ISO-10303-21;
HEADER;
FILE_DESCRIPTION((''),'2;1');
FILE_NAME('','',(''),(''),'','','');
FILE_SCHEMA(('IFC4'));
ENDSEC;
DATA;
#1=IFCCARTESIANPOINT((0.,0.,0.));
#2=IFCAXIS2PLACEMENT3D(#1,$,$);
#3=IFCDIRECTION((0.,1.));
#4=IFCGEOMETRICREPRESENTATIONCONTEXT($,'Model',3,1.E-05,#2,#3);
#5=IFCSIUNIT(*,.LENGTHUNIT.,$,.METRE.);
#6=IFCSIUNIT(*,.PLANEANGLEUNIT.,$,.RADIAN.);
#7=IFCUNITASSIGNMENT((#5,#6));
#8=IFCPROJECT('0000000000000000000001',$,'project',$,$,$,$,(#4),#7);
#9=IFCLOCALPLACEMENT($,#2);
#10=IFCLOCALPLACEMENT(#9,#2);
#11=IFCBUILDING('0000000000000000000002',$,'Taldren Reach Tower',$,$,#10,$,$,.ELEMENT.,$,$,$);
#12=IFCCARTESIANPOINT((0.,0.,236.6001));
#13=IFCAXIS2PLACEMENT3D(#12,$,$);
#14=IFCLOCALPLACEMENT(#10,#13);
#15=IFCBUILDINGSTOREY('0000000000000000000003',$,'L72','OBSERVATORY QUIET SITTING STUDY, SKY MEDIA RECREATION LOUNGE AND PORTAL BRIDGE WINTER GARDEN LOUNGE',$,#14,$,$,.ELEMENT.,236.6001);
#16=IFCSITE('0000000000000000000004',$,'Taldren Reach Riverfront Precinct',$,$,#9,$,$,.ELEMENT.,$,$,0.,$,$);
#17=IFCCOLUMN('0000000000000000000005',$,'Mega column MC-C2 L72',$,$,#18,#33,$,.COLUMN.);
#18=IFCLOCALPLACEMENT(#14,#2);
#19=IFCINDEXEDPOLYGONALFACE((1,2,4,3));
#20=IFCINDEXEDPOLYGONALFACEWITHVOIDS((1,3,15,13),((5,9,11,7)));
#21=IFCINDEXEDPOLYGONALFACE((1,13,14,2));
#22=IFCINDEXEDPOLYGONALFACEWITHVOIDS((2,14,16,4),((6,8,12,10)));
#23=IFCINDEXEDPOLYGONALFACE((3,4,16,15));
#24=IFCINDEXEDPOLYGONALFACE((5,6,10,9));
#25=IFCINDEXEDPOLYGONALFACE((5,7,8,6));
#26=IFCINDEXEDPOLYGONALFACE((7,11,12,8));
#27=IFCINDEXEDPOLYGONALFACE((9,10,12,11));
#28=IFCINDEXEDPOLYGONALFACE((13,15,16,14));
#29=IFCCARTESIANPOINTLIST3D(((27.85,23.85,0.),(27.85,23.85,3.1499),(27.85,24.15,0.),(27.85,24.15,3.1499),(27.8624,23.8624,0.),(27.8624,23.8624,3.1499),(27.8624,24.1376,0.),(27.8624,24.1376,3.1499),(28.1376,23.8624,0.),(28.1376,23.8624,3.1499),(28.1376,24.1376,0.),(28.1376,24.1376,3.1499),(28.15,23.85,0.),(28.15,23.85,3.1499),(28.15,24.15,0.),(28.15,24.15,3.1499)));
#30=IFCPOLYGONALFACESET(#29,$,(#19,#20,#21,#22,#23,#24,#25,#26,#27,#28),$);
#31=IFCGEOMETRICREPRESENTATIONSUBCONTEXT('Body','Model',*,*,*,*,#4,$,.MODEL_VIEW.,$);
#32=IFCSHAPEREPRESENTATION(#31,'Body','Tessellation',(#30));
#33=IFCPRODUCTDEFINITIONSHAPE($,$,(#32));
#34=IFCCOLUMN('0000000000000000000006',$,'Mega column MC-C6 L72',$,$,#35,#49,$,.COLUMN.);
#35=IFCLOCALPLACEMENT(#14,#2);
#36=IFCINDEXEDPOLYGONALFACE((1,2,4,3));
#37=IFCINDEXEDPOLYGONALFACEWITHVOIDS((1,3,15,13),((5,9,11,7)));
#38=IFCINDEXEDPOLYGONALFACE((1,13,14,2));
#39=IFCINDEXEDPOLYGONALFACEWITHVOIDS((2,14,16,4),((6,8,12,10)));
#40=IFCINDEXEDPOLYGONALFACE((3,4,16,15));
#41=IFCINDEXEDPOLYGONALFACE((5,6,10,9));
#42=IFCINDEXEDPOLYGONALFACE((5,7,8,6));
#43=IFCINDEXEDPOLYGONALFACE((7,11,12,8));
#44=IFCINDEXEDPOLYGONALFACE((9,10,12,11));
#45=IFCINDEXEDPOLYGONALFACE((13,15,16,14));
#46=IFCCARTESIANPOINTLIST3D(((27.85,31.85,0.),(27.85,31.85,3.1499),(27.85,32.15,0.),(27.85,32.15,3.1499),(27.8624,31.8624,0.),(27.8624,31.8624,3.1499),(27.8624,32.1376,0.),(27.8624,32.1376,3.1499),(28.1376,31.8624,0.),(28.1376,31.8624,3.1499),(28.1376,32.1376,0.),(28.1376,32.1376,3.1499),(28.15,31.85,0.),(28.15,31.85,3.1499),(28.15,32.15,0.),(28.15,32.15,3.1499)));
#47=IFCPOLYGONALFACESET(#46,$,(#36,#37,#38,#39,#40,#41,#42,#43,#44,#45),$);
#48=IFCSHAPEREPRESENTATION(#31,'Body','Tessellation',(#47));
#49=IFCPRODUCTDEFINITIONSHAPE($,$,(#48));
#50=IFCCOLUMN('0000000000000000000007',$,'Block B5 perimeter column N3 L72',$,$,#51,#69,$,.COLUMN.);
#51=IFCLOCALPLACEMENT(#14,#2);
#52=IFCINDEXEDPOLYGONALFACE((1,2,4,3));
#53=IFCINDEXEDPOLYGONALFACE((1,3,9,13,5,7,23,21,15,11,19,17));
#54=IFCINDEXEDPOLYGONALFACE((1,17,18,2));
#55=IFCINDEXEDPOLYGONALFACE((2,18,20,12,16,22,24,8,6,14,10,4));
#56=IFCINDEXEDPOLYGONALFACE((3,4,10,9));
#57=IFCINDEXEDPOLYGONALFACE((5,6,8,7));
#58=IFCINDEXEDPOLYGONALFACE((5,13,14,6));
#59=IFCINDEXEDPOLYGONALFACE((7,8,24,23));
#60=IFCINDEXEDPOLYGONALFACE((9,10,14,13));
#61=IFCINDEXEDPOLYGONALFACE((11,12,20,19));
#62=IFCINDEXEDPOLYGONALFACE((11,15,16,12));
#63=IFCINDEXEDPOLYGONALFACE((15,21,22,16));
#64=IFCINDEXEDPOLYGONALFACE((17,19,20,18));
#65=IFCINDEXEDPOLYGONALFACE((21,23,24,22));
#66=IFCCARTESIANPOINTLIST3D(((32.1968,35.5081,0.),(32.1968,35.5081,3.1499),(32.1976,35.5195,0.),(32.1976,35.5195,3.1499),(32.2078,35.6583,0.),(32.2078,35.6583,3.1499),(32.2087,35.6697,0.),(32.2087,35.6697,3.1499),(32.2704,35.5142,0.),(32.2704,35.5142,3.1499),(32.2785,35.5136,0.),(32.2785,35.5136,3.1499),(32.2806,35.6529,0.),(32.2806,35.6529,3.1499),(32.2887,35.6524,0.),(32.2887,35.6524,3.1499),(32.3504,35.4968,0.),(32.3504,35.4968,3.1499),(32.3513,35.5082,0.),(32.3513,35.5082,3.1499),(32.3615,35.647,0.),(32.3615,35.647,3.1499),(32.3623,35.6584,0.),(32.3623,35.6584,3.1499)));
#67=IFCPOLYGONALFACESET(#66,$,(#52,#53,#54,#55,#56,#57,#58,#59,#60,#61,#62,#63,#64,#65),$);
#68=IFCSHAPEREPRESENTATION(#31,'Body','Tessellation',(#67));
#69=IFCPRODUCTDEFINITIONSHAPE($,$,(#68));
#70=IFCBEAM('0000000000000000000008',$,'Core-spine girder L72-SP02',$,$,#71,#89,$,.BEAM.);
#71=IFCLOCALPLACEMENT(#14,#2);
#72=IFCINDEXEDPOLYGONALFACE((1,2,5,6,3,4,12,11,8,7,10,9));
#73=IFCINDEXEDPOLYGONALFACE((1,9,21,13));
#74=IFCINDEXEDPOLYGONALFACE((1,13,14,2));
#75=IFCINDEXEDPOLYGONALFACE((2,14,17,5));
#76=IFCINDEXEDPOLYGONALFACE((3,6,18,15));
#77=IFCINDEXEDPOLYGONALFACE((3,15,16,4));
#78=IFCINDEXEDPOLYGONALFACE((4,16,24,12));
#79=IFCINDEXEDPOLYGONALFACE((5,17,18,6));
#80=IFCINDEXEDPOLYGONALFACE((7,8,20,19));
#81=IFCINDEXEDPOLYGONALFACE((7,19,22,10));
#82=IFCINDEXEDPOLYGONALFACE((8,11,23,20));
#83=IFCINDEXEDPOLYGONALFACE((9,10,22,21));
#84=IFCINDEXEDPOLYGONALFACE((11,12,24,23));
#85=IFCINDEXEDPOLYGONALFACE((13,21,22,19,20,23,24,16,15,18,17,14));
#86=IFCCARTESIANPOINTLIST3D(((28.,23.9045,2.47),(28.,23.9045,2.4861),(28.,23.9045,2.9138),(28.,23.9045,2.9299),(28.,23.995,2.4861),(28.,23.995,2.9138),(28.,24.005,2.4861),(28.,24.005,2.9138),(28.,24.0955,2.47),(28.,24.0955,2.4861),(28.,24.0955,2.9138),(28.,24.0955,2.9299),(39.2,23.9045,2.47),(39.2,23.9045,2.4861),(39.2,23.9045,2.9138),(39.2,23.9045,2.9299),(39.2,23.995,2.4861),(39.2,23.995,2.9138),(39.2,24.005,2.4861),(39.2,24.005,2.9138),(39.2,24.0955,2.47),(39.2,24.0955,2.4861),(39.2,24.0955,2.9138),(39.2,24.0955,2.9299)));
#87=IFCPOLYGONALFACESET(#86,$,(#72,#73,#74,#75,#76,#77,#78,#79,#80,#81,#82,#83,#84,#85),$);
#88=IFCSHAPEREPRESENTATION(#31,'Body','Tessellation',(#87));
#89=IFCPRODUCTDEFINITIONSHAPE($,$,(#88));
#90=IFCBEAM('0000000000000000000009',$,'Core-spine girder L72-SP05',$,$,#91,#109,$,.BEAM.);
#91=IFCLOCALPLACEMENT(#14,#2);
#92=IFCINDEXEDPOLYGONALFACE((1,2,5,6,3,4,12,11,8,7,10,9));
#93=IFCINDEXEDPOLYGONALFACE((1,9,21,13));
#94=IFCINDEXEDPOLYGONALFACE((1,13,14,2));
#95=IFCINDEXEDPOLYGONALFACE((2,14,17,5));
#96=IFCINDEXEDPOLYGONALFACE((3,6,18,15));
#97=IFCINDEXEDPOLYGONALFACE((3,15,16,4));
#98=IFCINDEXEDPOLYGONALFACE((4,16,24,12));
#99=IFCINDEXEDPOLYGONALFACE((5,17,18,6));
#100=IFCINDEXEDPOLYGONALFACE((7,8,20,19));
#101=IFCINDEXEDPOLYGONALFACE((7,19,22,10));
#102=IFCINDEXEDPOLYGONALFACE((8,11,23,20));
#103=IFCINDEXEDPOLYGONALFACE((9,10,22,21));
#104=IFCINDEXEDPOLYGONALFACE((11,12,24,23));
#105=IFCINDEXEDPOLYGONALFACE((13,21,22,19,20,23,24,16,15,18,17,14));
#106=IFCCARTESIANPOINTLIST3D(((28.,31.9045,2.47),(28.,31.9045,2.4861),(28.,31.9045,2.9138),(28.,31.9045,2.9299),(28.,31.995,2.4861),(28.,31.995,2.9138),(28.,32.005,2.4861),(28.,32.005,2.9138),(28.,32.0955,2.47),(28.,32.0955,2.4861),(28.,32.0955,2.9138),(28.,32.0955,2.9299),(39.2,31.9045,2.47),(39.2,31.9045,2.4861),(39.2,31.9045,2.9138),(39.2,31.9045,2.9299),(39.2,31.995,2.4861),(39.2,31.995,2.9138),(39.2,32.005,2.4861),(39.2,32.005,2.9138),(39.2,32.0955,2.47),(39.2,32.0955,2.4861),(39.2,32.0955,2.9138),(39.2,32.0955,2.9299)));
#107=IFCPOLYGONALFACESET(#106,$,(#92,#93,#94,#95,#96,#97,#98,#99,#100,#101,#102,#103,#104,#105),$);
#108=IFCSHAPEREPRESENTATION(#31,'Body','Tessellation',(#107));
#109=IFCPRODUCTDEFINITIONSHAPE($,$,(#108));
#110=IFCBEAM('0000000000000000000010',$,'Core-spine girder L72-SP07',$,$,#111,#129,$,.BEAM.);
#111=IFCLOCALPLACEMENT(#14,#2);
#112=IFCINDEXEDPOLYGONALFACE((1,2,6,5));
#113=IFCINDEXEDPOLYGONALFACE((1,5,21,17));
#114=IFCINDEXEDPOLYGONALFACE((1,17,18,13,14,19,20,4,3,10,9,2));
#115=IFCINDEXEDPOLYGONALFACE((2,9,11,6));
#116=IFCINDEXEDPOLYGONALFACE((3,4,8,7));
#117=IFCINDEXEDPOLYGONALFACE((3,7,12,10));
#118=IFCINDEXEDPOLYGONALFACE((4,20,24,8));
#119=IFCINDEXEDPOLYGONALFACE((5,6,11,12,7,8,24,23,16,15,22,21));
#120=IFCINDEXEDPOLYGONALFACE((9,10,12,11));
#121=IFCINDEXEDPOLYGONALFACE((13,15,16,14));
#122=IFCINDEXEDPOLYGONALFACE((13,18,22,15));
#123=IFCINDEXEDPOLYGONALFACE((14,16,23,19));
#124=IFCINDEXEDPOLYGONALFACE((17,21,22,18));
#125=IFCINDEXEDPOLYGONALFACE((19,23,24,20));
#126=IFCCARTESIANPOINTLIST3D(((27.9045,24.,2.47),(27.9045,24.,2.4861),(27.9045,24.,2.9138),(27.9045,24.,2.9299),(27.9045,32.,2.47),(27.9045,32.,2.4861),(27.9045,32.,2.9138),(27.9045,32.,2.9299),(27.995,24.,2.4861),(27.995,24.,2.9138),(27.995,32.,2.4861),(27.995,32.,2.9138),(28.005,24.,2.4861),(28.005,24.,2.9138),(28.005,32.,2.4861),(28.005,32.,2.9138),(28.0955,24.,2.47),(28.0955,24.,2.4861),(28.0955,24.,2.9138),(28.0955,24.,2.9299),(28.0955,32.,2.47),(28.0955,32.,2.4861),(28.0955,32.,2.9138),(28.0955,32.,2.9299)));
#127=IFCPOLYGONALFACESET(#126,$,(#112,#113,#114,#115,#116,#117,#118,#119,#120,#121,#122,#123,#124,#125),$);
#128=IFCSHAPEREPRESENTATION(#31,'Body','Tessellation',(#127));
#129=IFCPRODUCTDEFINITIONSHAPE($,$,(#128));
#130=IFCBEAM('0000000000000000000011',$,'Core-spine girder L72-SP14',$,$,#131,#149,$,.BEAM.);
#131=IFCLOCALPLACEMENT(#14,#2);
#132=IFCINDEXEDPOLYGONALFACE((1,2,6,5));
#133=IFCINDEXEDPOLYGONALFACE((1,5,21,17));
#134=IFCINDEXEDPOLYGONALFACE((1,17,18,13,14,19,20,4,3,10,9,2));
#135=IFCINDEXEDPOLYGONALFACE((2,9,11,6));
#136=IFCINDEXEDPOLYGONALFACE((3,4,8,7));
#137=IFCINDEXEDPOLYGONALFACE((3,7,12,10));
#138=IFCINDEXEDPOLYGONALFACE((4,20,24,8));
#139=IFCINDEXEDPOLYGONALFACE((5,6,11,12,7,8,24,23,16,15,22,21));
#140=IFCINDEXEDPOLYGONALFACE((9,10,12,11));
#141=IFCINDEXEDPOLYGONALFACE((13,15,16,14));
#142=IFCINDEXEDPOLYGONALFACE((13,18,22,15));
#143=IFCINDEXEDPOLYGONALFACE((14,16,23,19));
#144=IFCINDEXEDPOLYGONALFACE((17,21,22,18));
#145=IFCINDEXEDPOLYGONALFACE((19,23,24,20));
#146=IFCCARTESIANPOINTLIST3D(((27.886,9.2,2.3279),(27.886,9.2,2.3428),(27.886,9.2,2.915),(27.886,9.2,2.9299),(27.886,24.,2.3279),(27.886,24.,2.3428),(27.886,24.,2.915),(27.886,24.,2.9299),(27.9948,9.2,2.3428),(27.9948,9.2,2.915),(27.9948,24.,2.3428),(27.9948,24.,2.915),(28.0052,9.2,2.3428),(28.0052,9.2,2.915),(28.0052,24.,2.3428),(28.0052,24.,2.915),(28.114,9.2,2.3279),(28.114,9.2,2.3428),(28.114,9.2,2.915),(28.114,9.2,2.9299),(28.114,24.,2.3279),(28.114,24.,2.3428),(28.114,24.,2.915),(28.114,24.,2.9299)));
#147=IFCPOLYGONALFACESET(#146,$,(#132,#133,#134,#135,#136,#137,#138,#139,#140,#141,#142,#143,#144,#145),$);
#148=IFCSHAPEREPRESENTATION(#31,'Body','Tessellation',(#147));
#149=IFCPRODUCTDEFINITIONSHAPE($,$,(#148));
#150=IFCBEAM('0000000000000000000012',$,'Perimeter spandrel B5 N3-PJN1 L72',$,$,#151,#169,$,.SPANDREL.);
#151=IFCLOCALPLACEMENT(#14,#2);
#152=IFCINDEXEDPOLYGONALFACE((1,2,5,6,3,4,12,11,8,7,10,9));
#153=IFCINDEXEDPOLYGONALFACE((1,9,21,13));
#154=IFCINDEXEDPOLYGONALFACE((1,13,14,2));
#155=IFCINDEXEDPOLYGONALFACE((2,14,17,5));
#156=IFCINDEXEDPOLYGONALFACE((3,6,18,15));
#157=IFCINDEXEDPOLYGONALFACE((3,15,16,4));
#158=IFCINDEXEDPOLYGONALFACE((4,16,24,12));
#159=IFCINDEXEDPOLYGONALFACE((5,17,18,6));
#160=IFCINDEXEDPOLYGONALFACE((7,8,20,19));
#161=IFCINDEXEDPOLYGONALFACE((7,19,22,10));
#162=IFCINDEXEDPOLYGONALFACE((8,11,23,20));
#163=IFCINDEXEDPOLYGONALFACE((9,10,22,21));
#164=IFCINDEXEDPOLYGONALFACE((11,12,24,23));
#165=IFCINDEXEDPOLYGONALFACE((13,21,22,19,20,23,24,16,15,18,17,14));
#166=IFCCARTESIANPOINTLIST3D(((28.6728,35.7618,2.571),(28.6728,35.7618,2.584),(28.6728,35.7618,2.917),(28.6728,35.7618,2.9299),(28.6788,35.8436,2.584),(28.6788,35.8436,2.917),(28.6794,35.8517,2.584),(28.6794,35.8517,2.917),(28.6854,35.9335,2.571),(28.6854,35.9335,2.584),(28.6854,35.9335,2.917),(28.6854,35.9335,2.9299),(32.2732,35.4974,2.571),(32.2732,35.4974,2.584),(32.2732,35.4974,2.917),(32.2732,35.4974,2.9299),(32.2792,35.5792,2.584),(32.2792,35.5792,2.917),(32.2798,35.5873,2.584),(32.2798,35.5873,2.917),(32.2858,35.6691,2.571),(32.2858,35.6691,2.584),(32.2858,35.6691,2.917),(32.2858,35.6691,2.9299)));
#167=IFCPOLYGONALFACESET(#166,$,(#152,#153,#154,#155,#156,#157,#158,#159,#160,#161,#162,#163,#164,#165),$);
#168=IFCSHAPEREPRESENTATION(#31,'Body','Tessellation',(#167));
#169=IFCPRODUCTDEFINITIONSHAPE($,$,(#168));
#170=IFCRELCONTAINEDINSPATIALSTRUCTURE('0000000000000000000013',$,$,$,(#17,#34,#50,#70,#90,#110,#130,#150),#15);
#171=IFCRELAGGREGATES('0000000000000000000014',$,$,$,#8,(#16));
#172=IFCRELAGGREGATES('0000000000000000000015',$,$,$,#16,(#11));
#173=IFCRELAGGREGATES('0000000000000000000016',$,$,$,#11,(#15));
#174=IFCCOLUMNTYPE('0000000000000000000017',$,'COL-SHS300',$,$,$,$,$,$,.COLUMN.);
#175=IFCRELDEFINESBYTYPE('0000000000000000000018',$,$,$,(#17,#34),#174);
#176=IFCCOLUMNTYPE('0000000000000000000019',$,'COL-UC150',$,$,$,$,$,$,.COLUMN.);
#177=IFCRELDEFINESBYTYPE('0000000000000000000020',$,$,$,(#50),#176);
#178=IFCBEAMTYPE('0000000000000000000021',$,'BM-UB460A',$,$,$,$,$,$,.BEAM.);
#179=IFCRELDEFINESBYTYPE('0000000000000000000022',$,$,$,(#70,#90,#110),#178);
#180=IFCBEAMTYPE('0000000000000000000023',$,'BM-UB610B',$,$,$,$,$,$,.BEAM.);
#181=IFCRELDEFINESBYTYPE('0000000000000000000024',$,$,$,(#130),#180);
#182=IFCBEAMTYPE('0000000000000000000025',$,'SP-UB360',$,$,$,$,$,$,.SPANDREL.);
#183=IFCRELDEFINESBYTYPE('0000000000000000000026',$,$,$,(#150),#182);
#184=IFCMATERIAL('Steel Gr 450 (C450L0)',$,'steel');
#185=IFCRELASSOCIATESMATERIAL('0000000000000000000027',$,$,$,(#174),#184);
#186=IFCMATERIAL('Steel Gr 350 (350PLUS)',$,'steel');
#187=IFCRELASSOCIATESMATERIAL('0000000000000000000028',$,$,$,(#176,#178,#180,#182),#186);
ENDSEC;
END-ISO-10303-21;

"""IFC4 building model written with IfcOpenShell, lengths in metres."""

from ifc_helpers import new_model, si_unit, direction, frame, origin, origin_2d, place, context, subcontext, project, spatial, hollow_rectangle, i_section, extrude, source, transform, mapped, material, material_profile, profile_set, type_object, element, save


model = new_model("IFC4")

# Units and contexts
model_context = context("Model", 3, precision=1e-05, world=origin(), true_north=direction((0.0, 1.0)))
body_context = subcontext(model_context, "Body", "Model", "MODEL_VIEW")
ifc_project = project(units=[si_unit("LENGTHUNIT", "METRE"), si_unit("PLANEANGLEUNIT", "RADIAN")], contexts=[model_context])

# Site, building, storey
site_placement = place(None, origin())
site = spatial("IfcSite", under=ifc_project, at=site_placement, Name="Taldren Reach Riverfront Precinct", CompositionType="ELEMENT", RefElevation=0.0)
building_placement = place(site_placement, origin())
building = spatial("IfcBuilding", under=site, at=building_placement, Name="Taldren Reach Tower", CompositionType="ELEMENT")
storey_placement = place(building_placement, frame((0.0, 0.0, 236.6001)))
storey = spatial("IfcBuildingStorey", under=building, at=storey_placement, Name="L72", Description="OBSERVATORY QUIET SITTING STUDY, SKY MEDIA RECREATION LOUNGE AND PORTAL BRIDGE WINTER GARDEN LOUNGE", CompositionType="ELEMENT", Elevation=236.6001)

# Columns
ifc_material_1 = material(Name="Steel Gr 450 (C450L0)", Category="steel")
ifc_material_profile_1 = material_profile(ifc_material_1, hollow_rectangle(XDim=0.3, YDim=0.3, WallThickness=0.0125, at=origin_2d()), Name="300x300x12.5SHS")
ifc_profile_set_1 = profile_set([ifc_material_profile_1], Name="Steel Gr 450 (C450L0)")
column_type_1 = type_object("IfcColumnType", Name="COL-SHS300", PredefinedType="COLUMN", material=ifc_profile_set_1)
shared_shape_1 = source(origin(), body_context, "Body", "SweptSolid", [
    extrude(hollow_rectangle(XDim=0.3, YDim=0.3, WallThickness=0.0125, at=origin_2d()), origin(), (0.0, 0.0, 1.0), 3.1499),
])
for number, where, z_axis, x_axis, name in (
    (1, (28.0, 24.0, 0.0), (0.0, 0.0, 1.0), (1.0, 0.0, 0.0), "Mega column MC-C2 L72"),
    (2, (28.0, 32.0, 0.0), (0.0, 0.0, 1.0), (1.0, 0.0, 0.0), "Mega column MC-C6 L72"),
):
    element("IfcColumn", number, at=place(storey_placement, frame(where, z_axis=z_axis, x_axis=x_axis)), inside=storey, type_object=column_type_1, Name=name, PredefinedType="COLUMN", context=body_context, shape_type="MappedRepresentation", body=[
        mapped(shared_shape_1, transform((0.0, 0.0, 0.0), scale=1.0)),
    ])
ifc_material_2 = material(Name="Steel Gr 350 (350PLUS)", Category="steel")
ifc_material_profile_2 = material_profile(ifc_material_2, i_section(OverallWidth=0.1541, OverallDepth=0.1621, WebThickness=0.0081, FlangeThickness=0.0115, at=origin_2d()), Name="150UC37.2")
ifc_profile_set_2 = profile_set([ifc_material_profile_2], Name="Steel Gr 350 (350PLUS)")
column_type_2 = type_object("IfcColumnType", Name="COL-UC150", PredefinedType="COLUMN", material=ifc_profile_set_2)
shared_shape_2 = source(origin(), body_context, "Body", "SweptSolid", [
    extrude(i_section(OverallWidth=0.1541, OverallDepth=0.1621, WebThickness=0.0081, FlangeThickness=0.0115, at=origin_2d()), origin(), (0.0, 0.0, 1.0), 3.1499),
])
column_placement = place(storey_placement, frame((32.2795, 35.5833, 0.0), z_axis=(0.0, 0.0, 1.0), x_axis=(0.997314, -0.073238, 0.0)))
element("IfcColumn", 3, at=column_placement, inside=storey, type_object=column_type_2, Name="Block B5 perimeter column N3 L72", PredefinedType="COLUMN", context=body_context, shape_type="MappedRepresentation", body=[
    mapped(shared_shape_2, transform((0.0, 0.0, 0.0), scale=1.0)),
])

# Beams
ifc_material_profile_3 = material_profile(ifc_material_2, i_section(OverallWidth=0.1909, OverallDepth=0.46, WebThickness=0.01, FlangeThickness=0.0161, at=origin_2d()), Name="460UB82.1")
ifc_profile_set_3 = profile_set([ifc_material_profile_3], Name="Steel Gr 350 (350PLUS)")
beam_type_1 = type_object("IfcBeamType", Name="BM-UB460A", PredefinedType="BEAM", material=ifc_profile_set_3)
shared_shape_3 = source(origin(), body_context, "Body", "SweptSolid", [
    extrude(i_section(OverallWidth=0.1909, OverallDepth=0.46, WebThickness=0.01, FlangeThickness=0.0161, at=origin_2d()), origin(), (0.0, 0.0, 1.0), 11.2),
])
for number, where, z_axis, x_axis, name in (
    (4, (28.0, 24.0, 2.7), (1.0, 0.0, 0.0), (0.0, 1.0, 0.0), "Core-spine girder L72-SP02"),
    (5, (28.0, 32.0, 2.7), (1.0, 0.0, 0.0), (0.0, 1.0, 0.0), "Core-spine girder L72-SP05"),
):
    element("IfcBeam", number, at=place(storey_placement, frame(where, z_axis=z_axis, x_axis=x_axis)), inside=storey, type_object=beam_type_1, Name=name, PredefinedType="BEAM", context=body_context, shape_type="MappedRepresentation", body=[
        mapped(shared_shape_3, transform((0.0, 0.0, 0.0), scale=1.0)),
    ])
shared_shape_4 = source(origin(), body_context, "Body", "SweptSolid", [
    extrude(i_section(OverallWidth=0.1909, OverallDepth=0.46, WebThickness=0.01, FlangeThickness=0.0161, at=origin_2d()), origin(), (0.0, 0.0, 1.0), 8.0),
])
beam_1_placement = place(storey_placement, frame((28.0, 24.0, 2.7), z_axis=(0.0, 1.0, 0.0), x_axis=(-1.0, 0.0, 0.0)))
element("IfcBeam", 6, at=beam_1_placement, inside=storey, type_object=beam_type_1, Name="Core-spine girder L72-SP07", PredefinedType="BEAM", context=body_context, shape_type="MappedRepresentation", body=[
    mapped(shared_shape_4, transform((0.0, 0.0, 0.0), scale=1.0)),
])
ifc_material_profile_4 = material_profile(ifc_material_2, i_section(OverallWidth=0.228, OverallDepth=0.6021, WebThickness=0.0105, FlangeThickness=0.0149, at=origin_2d()), Name="610UB101")
ifc_profile_set_4 = profile_set([ifc_material_profile_4], Name="Steel Gr 350 (350PLUS)")
beam_type_2 = type_object("IfcBeamType", Name="BM-UB610B", PredefinedType="BEAM", material=ifc_profile_set_4)
shared_shape_5 = source(origin(), body_context, "Body", "SweptSolid", [
    extrude(i_section(OverallWidth=0.228, OverallDepth=0.6021, WebThickness=0.0105, FlangeThickness=0.0149, at=origin_2d()), origin(), (0.0, 0.0, 1.0), 14.8),
])
beam_2_placement = place(storey_placement, frame((28.0, 24.0, 2.6289), z_axis=(0.0, -1.0, 0.0), x_axis=(1.0, 0.0, 0.0)))
element("IfcBeam", 7, at=beam_2_placement, inside=storey, type_object=beam_type_2, Name="Core-spine girder L72-SP14", PredefinedType="BEAM", context=body_context, shape_type="MappedRepresentation", body=[
    mapped(shared_shape_5, transform((0.0, 0.0, 0.0), scale=1.0)),
])
ifc_material_profile_5 = material_profile(ifc_material_2, i_section(OverallWidth=0.1721, OverallDepth=0.3589, WebThickness=0.0081, FlangeThickness=0.0129, at=origin_2d()), Name="360UB56.7")
ifc_profile_set_5 = profile_set([ifc_material_profile_5], Name="Steel Gr 350 (350PLUS)")
beam_type_3 = type_object("IfcBeamType", Name="SP-UB360", PredefinedType="SPANDREL", material=ifc_profile_set_5)
shared_shape_6 = source(origin(), body_context, "Body", "SweptSolid", [
    extrude(i_section(OverallWidth=0.1721, OverallDepth=0.3589, WebThickness=0.0081, FlangeThickness=0.0129, at=origin_2d()), origin(), (0.0, 0.0, 1.0), 3.6101),
])
beam_3_placement = place(storey_placement, frame((32.2795, 35.5833, 2.7505), z_axis=(-0.997314, 0.073241, 0.0), x_axis=(-0.073241, -0.997314, 0.0)))
element("IfcBeam", 8, at=beam_3_placement, inside=storey, type_object=beam_type_3, Name="Perimeter spandrel B5 N3-PJN1 L72", PredefinedType="SPANDREL", context=body_context, shape_type="MappedRepresentation", body=[
    mapped(shared_shape_6, transform((0.0, 0.0, 0.0), scale=1.0)),
])

save(model, "model.ifc")
